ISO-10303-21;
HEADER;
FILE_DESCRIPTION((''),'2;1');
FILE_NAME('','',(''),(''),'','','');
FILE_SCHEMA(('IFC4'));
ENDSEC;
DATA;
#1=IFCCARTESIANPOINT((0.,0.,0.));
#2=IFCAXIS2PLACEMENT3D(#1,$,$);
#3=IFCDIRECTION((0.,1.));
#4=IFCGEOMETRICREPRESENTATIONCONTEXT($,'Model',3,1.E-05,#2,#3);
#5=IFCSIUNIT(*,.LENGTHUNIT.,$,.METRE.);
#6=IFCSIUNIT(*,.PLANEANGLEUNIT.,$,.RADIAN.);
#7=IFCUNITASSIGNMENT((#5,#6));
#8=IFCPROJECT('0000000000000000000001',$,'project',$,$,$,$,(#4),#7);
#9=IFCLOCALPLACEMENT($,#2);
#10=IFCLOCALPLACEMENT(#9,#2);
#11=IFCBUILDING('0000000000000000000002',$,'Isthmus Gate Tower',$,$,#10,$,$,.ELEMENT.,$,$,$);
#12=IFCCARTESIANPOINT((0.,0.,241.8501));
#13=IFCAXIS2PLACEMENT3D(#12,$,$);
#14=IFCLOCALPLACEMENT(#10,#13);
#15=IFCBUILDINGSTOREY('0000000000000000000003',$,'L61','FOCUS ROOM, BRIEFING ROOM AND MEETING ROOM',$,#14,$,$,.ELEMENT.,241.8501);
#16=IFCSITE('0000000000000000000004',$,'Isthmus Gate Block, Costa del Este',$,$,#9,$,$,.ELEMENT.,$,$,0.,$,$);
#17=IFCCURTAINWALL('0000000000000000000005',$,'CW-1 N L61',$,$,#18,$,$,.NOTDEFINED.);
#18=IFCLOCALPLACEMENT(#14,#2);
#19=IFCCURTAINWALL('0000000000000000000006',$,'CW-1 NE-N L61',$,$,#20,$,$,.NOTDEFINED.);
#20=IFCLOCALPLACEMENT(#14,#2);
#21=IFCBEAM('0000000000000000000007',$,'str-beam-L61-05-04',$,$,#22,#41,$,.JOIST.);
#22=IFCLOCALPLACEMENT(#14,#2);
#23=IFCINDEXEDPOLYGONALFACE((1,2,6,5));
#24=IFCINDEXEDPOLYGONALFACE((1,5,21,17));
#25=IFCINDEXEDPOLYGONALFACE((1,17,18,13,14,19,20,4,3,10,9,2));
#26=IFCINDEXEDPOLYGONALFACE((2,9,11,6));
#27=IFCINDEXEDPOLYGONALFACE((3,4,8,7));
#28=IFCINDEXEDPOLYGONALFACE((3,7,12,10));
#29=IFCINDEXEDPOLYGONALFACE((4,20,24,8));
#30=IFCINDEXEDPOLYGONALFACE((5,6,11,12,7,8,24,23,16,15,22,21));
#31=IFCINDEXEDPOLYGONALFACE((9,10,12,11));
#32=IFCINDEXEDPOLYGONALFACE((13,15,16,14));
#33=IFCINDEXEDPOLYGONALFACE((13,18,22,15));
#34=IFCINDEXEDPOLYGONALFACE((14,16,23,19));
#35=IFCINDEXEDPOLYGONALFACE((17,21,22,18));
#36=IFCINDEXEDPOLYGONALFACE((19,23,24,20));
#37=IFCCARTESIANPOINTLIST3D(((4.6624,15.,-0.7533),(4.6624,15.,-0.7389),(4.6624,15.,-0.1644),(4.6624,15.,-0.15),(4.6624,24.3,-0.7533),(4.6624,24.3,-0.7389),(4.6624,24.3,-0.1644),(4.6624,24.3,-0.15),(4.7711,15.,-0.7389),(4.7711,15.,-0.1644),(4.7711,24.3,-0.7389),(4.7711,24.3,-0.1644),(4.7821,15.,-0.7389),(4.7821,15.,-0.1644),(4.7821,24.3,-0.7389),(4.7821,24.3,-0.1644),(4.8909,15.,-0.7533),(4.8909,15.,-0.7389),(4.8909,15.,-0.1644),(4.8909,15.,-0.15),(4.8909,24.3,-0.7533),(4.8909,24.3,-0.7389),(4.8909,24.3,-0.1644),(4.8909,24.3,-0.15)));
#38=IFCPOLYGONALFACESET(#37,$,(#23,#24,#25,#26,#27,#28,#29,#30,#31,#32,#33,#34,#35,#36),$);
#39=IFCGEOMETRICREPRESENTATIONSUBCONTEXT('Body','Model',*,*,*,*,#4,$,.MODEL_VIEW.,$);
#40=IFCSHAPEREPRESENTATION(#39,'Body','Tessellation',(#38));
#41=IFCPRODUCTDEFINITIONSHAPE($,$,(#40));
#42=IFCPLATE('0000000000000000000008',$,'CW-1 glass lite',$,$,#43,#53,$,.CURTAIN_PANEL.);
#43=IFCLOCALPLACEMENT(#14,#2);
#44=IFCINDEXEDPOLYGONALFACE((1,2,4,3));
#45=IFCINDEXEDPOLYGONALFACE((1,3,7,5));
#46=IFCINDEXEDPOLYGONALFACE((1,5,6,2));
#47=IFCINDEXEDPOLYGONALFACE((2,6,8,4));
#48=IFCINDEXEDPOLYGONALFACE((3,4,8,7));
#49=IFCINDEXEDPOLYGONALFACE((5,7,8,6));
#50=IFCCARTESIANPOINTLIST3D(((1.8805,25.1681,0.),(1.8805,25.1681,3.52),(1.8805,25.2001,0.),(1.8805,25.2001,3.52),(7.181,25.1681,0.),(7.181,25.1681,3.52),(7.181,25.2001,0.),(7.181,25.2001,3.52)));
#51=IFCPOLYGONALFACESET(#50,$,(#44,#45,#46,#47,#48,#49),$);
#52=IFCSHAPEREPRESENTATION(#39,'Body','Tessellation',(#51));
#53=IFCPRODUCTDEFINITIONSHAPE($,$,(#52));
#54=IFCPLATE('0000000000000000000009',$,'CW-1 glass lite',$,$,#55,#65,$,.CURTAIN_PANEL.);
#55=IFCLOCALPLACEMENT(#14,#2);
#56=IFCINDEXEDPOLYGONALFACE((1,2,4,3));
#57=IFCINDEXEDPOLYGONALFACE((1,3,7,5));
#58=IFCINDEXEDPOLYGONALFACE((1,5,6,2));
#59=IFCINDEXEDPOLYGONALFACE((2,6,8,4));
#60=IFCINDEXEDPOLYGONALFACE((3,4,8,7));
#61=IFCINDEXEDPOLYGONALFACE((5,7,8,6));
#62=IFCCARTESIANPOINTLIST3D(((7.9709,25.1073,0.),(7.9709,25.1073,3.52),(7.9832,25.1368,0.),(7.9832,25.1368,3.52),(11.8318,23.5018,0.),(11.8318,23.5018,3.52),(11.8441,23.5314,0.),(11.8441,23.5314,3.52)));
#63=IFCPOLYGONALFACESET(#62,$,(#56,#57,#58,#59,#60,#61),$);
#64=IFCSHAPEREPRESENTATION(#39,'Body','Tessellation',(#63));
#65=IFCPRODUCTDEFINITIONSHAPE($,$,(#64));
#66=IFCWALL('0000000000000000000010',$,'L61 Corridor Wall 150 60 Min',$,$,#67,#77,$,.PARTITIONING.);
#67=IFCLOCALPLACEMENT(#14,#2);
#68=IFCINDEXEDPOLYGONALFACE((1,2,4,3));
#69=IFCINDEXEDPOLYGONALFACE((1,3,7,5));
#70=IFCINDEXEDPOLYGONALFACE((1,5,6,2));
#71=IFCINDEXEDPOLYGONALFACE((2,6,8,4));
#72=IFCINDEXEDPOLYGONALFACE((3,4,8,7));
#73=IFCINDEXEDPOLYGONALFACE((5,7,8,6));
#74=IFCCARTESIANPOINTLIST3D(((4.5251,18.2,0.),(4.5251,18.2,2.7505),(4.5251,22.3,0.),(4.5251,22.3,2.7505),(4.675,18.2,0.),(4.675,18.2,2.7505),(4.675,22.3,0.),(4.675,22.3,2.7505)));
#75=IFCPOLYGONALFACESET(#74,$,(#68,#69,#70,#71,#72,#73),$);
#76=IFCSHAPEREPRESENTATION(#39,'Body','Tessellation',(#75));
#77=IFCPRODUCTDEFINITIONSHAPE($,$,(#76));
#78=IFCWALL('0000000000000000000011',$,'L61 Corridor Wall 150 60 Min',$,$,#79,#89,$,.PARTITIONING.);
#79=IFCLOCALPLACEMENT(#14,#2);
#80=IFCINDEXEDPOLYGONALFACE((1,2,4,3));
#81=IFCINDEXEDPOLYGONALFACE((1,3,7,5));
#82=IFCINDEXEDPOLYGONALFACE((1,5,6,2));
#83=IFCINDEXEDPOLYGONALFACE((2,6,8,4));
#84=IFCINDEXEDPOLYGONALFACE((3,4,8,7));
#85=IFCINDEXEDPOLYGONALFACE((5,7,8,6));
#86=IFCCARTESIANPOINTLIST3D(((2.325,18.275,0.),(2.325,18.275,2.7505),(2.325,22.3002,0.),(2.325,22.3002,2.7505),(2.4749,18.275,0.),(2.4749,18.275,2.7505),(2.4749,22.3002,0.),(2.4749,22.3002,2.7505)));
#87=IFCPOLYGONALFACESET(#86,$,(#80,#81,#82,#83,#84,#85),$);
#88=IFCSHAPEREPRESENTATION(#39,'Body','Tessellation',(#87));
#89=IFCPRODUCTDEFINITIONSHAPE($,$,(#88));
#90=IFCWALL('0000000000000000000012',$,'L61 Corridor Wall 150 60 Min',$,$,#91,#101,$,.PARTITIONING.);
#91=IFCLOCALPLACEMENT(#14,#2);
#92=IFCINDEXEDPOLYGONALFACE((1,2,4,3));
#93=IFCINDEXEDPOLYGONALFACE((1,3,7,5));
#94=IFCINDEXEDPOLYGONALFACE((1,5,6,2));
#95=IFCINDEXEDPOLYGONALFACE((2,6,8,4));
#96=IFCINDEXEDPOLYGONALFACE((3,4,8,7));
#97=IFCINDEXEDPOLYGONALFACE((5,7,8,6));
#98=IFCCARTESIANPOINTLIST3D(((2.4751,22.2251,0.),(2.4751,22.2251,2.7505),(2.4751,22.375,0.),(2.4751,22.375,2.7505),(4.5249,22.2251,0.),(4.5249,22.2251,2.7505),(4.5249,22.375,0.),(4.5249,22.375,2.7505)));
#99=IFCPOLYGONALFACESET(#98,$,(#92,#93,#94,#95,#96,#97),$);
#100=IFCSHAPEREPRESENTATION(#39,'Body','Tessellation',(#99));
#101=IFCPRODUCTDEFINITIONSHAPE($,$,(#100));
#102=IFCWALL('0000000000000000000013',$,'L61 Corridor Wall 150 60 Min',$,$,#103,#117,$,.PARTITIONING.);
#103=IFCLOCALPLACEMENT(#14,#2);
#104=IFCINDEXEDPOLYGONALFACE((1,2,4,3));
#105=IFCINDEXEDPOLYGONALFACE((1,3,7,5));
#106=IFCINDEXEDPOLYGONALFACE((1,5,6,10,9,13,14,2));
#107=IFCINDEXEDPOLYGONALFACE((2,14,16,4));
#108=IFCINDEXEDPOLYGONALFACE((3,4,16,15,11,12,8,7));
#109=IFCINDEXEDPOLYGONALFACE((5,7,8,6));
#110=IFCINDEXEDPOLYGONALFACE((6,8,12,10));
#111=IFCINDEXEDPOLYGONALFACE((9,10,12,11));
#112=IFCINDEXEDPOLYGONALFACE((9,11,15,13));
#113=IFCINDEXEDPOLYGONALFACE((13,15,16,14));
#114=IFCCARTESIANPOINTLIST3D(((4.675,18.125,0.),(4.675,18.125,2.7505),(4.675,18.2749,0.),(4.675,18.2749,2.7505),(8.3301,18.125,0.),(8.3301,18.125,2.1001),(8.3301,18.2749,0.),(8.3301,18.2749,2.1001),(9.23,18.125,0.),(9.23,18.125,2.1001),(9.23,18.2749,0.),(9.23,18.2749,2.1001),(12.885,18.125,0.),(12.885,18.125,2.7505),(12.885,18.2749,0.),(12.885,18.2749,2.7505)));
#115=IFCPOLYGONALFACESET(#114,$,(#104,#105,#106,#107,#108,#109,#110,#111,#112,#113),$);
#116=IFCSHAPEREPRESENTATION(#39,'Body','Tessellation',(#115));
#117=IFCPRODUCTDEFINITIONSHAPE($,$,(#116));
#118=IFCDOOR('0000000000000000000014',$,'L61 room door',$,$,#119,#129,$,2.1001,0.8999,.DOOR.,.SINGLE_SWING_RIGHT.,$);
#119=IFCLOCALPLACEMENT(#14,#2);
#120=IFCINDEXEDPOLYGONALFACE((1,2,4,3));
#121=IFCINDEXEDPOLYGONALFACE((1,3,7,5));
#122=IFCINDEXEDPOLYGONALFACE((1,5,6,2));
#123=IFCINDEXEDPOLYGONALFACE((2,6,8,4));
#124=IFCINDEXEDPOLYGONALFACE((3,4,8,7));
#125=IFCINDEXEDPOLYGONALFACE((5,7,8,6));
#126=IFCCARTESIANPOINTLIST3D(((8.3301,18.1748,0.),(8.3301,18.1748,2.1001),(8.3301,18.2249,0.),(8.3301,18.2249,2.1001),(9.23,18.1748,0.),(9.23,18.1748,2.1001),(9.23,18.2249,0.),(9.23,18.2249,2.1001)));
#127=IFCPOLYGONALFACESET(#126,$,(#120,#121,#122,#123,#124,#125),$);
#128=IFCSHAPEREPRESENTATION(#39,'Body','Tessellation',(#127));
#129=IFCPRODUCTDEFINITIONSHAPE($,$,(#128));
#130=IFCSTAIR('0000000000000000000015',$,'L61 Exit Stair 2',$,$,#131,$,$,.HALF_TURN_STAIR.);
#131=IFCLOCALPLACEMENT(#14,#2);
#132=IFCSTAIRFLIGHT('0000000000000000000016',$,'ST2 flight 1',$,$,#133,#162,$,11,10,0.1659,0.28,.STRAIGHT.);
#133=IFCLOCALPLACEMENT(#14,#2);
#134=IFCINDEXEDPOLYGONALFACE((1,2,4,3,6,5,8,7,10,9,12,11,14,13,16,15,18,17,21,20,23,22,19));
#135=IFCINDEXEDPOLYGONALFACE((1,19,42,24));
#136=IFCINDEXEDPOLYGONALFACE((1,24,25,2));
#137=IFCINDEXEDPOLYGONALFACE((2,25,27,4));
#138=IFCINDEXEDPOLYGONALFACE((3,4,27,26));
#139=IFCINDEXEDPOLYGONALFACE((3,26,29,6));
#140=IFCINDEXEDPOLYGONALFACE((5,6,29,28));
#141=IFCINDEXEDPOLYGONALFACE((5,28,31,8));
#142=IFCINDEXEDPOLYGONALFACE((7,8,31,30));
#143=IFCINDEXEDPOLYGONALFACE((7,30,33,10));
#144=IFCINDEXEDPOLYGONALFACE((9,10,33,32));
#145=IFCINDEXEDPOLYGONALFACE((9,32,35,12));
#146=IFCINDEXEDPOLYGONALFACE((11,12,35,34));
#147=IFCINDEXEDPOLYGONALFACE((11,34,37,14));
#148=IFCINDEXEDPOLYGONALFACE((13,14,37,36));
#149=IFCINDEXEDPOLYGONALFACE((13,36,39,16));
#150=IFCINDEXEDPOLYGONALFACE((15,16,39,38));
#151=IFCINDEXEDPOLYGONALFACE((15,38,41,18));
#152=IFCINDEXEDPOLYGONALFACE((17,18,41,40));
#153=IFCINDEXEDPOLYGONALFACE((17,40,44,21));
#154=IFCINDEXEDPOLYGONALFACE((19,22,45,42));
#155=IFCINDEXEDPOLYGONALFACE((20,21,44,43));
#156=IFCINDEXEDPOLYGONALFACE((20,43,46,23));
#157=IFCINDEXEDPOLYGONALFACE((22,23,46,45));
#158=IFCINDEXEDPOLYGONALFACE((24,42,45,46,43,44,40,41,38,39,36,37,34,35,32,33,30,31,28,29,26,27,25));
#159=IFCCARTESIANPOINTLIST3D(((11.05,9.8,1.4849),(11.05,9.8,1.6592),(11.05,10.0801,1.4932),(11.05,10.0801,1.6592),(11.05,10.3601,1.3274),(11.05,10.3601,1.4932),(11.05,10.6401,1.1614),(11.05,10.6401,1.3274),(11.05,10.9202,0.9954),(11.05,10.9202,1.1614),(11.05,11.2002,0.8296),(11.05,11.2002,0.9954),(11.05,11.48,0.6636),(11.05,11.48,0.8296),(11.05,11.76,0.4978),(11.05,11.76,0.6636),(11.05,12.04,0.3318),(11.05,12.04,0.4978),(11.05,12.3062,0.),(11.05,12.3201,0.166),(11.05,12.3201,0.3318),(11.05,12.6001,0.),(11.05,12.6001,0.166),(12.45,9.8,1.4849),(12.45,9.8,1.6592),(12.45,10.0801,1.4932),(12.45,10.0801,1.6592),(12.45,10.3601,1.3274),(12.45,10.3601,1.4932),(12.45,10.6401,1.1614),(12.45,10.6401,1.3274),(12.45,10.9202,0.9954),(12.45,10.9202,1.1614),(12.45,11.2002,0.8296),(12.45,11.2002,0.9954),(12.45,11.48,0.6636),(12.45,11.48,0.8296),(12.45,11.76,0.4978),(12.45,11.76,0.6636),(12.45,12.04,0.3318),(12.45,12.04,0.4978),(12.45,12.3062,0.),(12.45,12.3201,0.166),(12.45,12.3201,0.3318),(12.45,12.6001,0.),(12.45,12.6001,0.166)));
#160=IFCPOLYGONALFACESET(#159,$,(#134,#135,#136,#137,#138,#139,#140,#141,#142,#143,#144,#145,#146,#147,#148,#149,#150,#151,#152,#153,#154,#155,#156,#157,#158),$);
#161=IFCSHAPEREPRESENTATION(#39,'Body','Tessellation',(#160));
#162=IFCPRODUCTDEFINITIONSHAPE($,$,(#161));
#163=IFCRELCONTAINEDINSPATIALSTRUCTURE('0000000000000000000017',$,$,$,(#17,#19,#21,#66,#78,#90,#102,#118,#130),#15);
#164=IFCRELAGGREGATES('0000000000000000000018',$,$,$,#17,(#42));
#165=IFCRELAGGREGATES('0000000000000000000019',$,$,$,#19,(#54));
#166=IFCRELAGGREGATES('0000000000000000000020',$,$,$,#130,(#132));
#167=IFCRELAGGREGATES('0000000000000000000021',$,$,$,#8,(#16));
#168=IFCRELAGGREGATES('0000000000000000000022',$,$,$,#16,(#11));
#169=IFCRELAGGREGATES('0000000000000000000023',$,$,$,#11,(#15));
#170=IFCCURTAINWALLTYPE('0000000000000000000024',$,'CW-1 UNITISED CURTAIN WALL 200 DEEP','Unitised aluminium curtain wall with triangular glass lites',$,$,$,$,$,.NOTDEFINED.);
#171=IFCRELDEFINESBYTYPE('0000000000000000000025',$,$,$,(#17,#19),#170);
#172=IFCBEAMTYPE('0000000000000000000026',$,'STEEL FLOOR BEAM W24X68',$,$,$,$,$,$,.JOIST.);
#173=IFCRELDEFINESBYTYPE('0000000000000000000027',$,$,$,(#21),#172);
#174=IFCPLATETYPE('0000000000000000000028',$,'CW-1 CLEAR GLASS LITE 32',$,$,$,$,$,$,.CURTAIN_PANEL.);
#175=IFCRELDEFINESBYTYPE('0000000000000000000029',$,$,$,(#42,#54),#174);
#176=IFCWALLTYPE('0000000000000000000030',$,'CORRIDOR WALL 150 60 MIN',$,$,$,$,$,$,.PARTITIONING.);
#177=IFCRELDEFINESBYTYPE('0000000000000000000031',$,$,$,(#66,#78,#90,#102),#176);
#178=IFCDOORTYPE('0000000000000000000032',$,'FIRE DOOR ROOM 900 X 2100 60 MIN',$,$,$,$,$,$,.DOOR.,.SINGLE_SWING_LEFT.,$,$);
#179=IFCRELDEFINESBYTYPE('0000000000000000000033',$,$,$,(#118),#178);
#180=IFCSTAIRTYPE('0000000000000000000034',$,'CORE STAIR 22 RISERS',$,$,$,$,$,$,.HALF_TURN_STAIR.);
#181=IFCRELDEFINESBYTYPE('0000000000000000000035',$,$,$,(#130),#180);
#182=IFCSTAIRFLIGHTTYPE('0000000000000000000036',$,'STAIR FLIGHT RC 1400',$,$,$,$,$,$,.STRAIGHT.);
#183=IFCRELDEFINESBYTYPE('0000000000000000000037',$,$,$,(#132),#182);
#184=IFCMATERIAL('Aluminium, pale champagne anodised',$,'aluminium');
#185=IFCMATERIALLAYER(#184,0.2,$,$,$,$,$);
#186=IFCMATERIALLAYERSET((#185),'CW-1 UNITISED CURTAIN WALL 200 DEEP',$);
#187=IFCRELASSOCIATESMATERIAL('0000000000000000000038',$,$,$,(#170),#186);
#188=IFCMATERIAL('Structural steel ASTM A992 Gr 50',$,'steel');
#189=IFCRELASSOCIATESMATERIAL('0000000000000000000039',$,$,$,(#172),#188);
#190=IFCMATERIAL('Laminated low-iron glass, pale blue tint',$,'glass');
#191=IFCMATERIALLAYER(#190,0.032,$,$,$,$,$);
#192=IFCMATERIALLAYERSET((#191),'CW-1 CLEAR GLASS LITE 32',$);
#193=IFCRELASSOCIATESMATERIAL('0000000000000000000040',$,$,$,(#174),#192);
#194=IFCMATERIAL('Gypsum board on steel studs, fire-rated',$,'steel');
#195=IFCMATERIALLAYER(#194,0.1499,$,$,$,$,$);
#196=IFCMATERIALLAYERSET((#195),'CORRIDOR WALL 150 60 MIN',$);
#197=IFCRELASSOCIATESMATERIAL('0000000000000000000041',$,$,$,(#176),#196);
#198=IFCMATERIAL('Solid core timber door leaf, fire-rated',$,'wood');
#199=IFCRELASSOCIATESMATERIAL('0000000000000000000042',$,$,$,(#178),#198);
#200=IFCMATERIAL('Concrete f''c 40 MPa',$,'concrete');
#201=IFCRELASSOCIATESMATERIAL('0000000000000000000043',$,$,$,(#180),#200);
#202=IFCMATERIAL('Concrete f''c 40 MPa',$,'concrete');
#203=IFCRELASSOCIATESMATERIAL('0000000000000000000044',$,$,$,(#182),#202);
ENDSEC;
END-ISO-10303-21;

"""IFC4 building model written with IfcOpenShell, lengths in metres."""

from ifc_helpers import new_model, si_unit, direction, frame, frame_2d, origin, origin_2d, place, context, subcontext, project, spatial, polyline, rectangle, i_section, outline, extrude, material, layer, layer_set, material_profile, profile_set, type_object, element, fill, aggregate, save


model = new_model("IFC4")

# Units and contexts
model_context = context("Model", 3, precision=1e-05, world=origin(), true_north=direction((0.0, 1.0)))
body_context = subcontext(model_context, "Body", "Model", "MODEL_VIEW")
ifc_project = project(units=[si_unit("LENGTHUNIT", "METRE"), si_unit("PLANEANGLEUNIT", "RADIAN")], contexts=[model_context])

# Site, building, storey
site_placement = place(None, origin())
site = spatial("IfcSite", under=ifc_project, at=site_placement, Name="Isthmus Gate Block, Costa del Este", CompositionType="ELEMENT", RefElevation=0.0)
building_placement = place(site_placement, origin())
building = spatial("IfcBuilding", under=site, at=building_placement, Name="Isthmus Gate Tower", CompositionType="ELEMENT")
storey_placement = place(building_placement, frame((0.0, 0.0, 241.8501)))
storey = spatial("IfcBuildingStorey", under=building, at=storey_placement, Name="L61", Description="FOCUS ROOM, BRIEFING ROOM AND MEETING ROOM", CompositionType="ELEMENT", Elevation=241.8501)

# Curtain walls
ifc_material_1 = material(Name="Aluminium, pale champagne anodised", Category="aluminium")
ifc_layer_1 = layer(ifc_material_1, 0.2)
ifc_layer_set_1 = layer_set([ifc_layer_1], Name="CW-1 UNITISED CURTAIN WALL 200 DEEP")
curtain_wall_type = type_object("IfcCurtainWallType", Name="CW-1 UNITISED CURTAIN WALL 200 DEEP", Description="Unitised aluminium curtain wall with triangular glass lites", PredefinedType="NOTDEFINED", material=ifc_layer_set_1)
curtain_wall_1_placement = place(storey_placement, origin())
curtain_wall_1 = element("IfcCurtainWall", 1, at=curtain_wall_1_placement, inside=storey, type_object=curtain_wall_type, Name="CW-1 N L61", PredefinedType="NOTDEFINED")
curtain_wall_2_placement = place(storey_placement, origin())
curtain_wall_2 = element("IfcCurtainWall", 2, at=curtain_wall_2_placement, inside=storey, type_object=curtain_wall_type, Name="CW-1 NE-N L61", PredefinedType="NOTDEFINED")

# Beam
ifc_material_2 = material(Name="Structural steel ASTM A992 Gr 50", Category="steel")
ifc_material_profile_1 = material_profile(ifc_material_2, i_section(OverallWidth=0.2285, OverallDepth=0.6033, WebThickness=0.011, FlangeThickness=0.0144, at=origin_2d()), Name="W24X68")
ifc_profile_set_1 = profile_set([ifc_material_profile_1], Name="Structural steel ASTM A992 Gr 50")
beam_type_1 = type_object("IfcBeamType", Name="STEEL FLOOR BEAM W24X68", PredefinedType="JOIST", material=ifc_profile_set_1)
beam_1_placement = place(storey_placement, frame((4.7766, 15.0, -0.4517), z_axis=(0.0, 1.0, 0.0), x_axis=(-1.0, 0.0, 0.0)))
element("IfcBeam", 3, at=beam_1_placement, inside=storey, type_object=beam_type_1, Name="str-beam-L61-05-04", PredefinedType="JOIST", context=body_context, shape_type="SweptSolid", body=[
    extrude(i_section(OverallWidth=0.2285, OverallDepth=0.6033, WebThickness=0.011, FlangeThickness=0.0144, at=origin_2d()), origin(), (0.0, 0.0, 1.0), 9.3),
])

# Plates
ifc_material_3 = material(Name="Laminated low-iron glass, pale blue tint", Category="glass")
ifc_layer_2 = layer(ifc_material_3, 0.032)
ifc_layer_set_2 = layer_set([ifc_layer_2], Name="CW-1 CLEAR GLASS LITE 32")
plate_type = type_object("IfcPlateType", Name="CW-1 CLEAR GLASS LITE 32", PredefinedType="CURTAIN_PANEL", material=ifc_layer_set_2)
plate_1_placement = place(storey_placement, frame((4.5308, 25.1841, 0.0), z_axis=(0.0, 0.0, 1.0), x_axis=(-1.0, 0.0, 0.0)))
plate_1 = element("IfcPlate", 4, at=plate_1_placement, type_object=plate_type, Name="CW-1 glass lite", PredefinedType="CURTAIN_PANEL", context=body_context, shape_type="SweptSolid", body=[
    extrude(rectangle(XDim=5.3005, YDim=0.032, at=origin_2d()), origin(), (0.0, 0.0, 1.0), 3.52),
])
aggregate(curtain_wall_1, [plate_1])
plate_2_placement = place(storey_placement, frame((9.9075, 24.3193, 0.0), z_axis=(0.0, 0.0, 1.0), x_axis=(-0.923353, 0.383952, 0.0)))
plate_2 = element("IfcPlate", 5, at=plate_2_placement, type_object=plate_type, Name="CW-1 glass lite", PredefinedType="CURTAIN_PANEL", context=body_context, shape_type="SweptSolid", body=[
    extrude(rectangle(XDim=4.1814, YDim=0.032, at=origin_2d()), origin(), (0.0, 0.0, 1.0), 3.52),
])
aggregate(curtain_wall_2, [plate_2])

# Walls
ifc_material_4 = material(Name="Gypsum board on steel studs, fire-rated", Category="steel")
ifc_layer_3 = layer(ifc_material_4, 0.1499)
ifc_layer_set_3 = layer_set([ifc_layer_3], Name="CORRIDOR WALL 150 60 MIN")
wall_type = type_object("IfcWallType", Name="CORRIDOR WALL 150 60 MIN", PredefinedType="PARTITIONING", material=ifc_layer_set_3)
wall_1_placement = place(storey_placement, frame((4.6001, 22.3, 0.0), z_axis=(0.0, 0.0, 1.0), x_axis=(0.0, -1.0, 0.0)))
element("IfcWall", 6, at=wall_1_placement, inside=storey, type_object=wall_type, Name="L61 Corridor Wall 150 60 Min", PredefinedType="PARTITIONING", context=body_context, shape_type="SweptSolid", body=[
    extrude(rectangle(XDim=4.1001, YDim=0.1499, at=frame_2d((2.05, 0.0))), origin(), (0.0, 0.0, 1.0), 2.7505),
])
wall_2_placement = place(storey_placement, frame((2.3999, 18.2749, 0.0), z_axis=(0.0, 0.0, 1.0), x_axis=(0.0, 1.0, 0.0)))
element("IfcWall", 7, at=wall_2_placement, inside=storey, type_object=wall_type, Name="L61 Corridor Wall 150 60 Min", PredefinedType="PARTITIONING", context=body_context, shape_type="SweptSolid", body=[
    extrude(rectangle(XDim=4.0251, YDim=0.1499, at=frame_2d((2.0127, 0.0))), origin(), (0.0, 0.0, 1.0), 2.7505),
])
wall_3_placement = place(storey_placement, frame((2.4751, 22.3, 0.0), z_axis=(0.0, 0.0, 1.0), x_axis=(1.0, 0.0, 0.0)))
element("IfcWall", 8, at=wall_3_placement, inside=storey, type_object=wall_type, Name="L61 Corridor Wall 150 60 Min", PredefinedType="PARTITIONING", context=body_context, shape_type="SweptSolid", body=[
    extrude(rectangle(XDim=2.0498, YDim=0.1499, at=frame_2d((1.0249, 0.0))), origin(), (0.0, 0.0, 1.0), 2.7505),
])

# Wall, opening, door
wall_4_placement = place(storey_placement, frame((4.675, 18.2, 0.0), z_axis=(0.0, 0.0, 1.0), x_axis=(1.0, 0.0, 0.0)))
wall_4 = element("IfcWall", 9, at=wall_4_placement, inside=storey, type_object=wall_type, Name="L61 Corridor Wall 150 60 Min", PredefinedType="PARTITIONING", context=body_context, shape_type="SweptSolid", body=[
    extrude(rectangle(XDim=8.21, YDim=0.1499, at=frame_2d((4.105, 0.0))), origin(), (0.0, 0.0, 1.0), 2.7505),
])
opening_placement = place(wall_4_placement, frame((3.655, 0.0, 0.0)))
opening = element("IfcOpeningElement", 10, at=opening_placement, cuts=wall_4, PredefinedType="OPENING", context=body_context, shape_type="SweptSolid", body=[
    extrude(rectangle(XDim=0.8999, YDim=2.1001, at=frame_2d((0.45, 1.05))), frame((0.0, 0.085, 0.0), z_axis=(0.0, -1.0, 0.0), x_axis=(1.0, 0.0, 0.0)), (0.0, 0.0, 1.0), 0.1699),
])
ifc_material_5 = material(Name="Solid core timber door leaf, fire-rated", Category="wood")
door_type = type_object("IfcDoorType", Name="FIRE DOOR ROOM 900 X 2100 60 MIN", OperationType="SINGLE_SWING_LEFT", PredefinedType="DOOR", material=ifc_material_5)
door_placement = place(opening_placement, origin())
door = element("IfcDoor", 11, at=door_placement, inside=storey, type_object=door_type, Name="L61 room door", OperationType="SINGLE_SWING_RIGHT", OverallHeight=2.1001, OverallWidth=0.8999, PredefinedType="DOOR", context=body_context, shape_type="SweptSolid", body=[
    extrude(rectangle(XDim=0.8999, YDim=2.1001, at=frame_2d((0.45, 1.05))), frame((0.0, 0.0249, 0.0), z_axis=(0.0, -1.0, 0.0), x_axis=(1.0, 0.0, 0.0)), (0.0, 0.0, 1.0), 0.05),
])
fill(opening, door)

# Stair, stair flight
ifc_material_6 = material(Name="Concrete f'c 40 MPa", Category="concrete")
stair_type = type_object("IfcStairType", Name="CORE STAIR 22 RISERS", PredefinedType="HALF_TURN_STAIR", material=ifc_material_6)
stair_placement = place(storey_placement, origin())
stair = element("IfcStair", 12, at=stair_placement, inside=storey, type_object=stair_type, Name="L61 Exit Stair 2", PredefinedType="HALF_TURN_STAIR")
ifc_material_7 = material(Name="Concrete f'c 40 MPa", Category="concrete")
stair_flight_type = type_object("IfcStairFlightType", Name="STAIR FLIGHT RC 1400", PredefinedType="STRAIGHT", material=ifc_material_7)
stair_flight_placement = place(storey_placement, frame((11.75, 12.6001, 0.0), z_axis=(0.0, 0.0, 1.0), x_axis=(0.0, -1.0, 0.0)))
stair_flight = element("IfcStairFlight", 13, at=stair_flight_placement, type_object=stair_flight_type, Name="ST2 flight 1", NumberOfRisers=11, NumberOfTreads=10, PredefinedType="STRAIGHT", RiserHeight=0.1659, TreadLength=0.28, context=body_context, shape_type="SweptSolid", body=[
    extrude(outline(polyline([(0.0, 0.0), (0.0, 0.166), (0.28, 0.166), (0.28, 0.3318), (0.5601, 0.3318), (0.5601, 0.4978), (0.8401, 0.4978), (0.8401, 0.6636), (1.1201, 0.6636), (1.1201, 0.8296), (1.3999, 0.8296), (1.3999, 0.9954), (1.6799, 0.9954), (1.6799, 1.1614), (1.96, 1.1614), (1.96, 1.3274), (2.24, 1.3274), (2.24, 1.4932), (2.52, 1.4932), (2.52, 1.6592), (2.8, 1.6592), (2.8, 1.825), (2.8, 1.4849), (0.2939, 0.0), (0.0, 0.0)])), frame((0.0, 0.7, 0.0), z_axis=(0.0, -1.0, 0.0), x_axis=(1.0, 0.0, 0.0)), (0.0, 0.0, 1.0), 1.3999),
])
aggregate(stair, [stair_flight])

save(model, "model.ifc")
